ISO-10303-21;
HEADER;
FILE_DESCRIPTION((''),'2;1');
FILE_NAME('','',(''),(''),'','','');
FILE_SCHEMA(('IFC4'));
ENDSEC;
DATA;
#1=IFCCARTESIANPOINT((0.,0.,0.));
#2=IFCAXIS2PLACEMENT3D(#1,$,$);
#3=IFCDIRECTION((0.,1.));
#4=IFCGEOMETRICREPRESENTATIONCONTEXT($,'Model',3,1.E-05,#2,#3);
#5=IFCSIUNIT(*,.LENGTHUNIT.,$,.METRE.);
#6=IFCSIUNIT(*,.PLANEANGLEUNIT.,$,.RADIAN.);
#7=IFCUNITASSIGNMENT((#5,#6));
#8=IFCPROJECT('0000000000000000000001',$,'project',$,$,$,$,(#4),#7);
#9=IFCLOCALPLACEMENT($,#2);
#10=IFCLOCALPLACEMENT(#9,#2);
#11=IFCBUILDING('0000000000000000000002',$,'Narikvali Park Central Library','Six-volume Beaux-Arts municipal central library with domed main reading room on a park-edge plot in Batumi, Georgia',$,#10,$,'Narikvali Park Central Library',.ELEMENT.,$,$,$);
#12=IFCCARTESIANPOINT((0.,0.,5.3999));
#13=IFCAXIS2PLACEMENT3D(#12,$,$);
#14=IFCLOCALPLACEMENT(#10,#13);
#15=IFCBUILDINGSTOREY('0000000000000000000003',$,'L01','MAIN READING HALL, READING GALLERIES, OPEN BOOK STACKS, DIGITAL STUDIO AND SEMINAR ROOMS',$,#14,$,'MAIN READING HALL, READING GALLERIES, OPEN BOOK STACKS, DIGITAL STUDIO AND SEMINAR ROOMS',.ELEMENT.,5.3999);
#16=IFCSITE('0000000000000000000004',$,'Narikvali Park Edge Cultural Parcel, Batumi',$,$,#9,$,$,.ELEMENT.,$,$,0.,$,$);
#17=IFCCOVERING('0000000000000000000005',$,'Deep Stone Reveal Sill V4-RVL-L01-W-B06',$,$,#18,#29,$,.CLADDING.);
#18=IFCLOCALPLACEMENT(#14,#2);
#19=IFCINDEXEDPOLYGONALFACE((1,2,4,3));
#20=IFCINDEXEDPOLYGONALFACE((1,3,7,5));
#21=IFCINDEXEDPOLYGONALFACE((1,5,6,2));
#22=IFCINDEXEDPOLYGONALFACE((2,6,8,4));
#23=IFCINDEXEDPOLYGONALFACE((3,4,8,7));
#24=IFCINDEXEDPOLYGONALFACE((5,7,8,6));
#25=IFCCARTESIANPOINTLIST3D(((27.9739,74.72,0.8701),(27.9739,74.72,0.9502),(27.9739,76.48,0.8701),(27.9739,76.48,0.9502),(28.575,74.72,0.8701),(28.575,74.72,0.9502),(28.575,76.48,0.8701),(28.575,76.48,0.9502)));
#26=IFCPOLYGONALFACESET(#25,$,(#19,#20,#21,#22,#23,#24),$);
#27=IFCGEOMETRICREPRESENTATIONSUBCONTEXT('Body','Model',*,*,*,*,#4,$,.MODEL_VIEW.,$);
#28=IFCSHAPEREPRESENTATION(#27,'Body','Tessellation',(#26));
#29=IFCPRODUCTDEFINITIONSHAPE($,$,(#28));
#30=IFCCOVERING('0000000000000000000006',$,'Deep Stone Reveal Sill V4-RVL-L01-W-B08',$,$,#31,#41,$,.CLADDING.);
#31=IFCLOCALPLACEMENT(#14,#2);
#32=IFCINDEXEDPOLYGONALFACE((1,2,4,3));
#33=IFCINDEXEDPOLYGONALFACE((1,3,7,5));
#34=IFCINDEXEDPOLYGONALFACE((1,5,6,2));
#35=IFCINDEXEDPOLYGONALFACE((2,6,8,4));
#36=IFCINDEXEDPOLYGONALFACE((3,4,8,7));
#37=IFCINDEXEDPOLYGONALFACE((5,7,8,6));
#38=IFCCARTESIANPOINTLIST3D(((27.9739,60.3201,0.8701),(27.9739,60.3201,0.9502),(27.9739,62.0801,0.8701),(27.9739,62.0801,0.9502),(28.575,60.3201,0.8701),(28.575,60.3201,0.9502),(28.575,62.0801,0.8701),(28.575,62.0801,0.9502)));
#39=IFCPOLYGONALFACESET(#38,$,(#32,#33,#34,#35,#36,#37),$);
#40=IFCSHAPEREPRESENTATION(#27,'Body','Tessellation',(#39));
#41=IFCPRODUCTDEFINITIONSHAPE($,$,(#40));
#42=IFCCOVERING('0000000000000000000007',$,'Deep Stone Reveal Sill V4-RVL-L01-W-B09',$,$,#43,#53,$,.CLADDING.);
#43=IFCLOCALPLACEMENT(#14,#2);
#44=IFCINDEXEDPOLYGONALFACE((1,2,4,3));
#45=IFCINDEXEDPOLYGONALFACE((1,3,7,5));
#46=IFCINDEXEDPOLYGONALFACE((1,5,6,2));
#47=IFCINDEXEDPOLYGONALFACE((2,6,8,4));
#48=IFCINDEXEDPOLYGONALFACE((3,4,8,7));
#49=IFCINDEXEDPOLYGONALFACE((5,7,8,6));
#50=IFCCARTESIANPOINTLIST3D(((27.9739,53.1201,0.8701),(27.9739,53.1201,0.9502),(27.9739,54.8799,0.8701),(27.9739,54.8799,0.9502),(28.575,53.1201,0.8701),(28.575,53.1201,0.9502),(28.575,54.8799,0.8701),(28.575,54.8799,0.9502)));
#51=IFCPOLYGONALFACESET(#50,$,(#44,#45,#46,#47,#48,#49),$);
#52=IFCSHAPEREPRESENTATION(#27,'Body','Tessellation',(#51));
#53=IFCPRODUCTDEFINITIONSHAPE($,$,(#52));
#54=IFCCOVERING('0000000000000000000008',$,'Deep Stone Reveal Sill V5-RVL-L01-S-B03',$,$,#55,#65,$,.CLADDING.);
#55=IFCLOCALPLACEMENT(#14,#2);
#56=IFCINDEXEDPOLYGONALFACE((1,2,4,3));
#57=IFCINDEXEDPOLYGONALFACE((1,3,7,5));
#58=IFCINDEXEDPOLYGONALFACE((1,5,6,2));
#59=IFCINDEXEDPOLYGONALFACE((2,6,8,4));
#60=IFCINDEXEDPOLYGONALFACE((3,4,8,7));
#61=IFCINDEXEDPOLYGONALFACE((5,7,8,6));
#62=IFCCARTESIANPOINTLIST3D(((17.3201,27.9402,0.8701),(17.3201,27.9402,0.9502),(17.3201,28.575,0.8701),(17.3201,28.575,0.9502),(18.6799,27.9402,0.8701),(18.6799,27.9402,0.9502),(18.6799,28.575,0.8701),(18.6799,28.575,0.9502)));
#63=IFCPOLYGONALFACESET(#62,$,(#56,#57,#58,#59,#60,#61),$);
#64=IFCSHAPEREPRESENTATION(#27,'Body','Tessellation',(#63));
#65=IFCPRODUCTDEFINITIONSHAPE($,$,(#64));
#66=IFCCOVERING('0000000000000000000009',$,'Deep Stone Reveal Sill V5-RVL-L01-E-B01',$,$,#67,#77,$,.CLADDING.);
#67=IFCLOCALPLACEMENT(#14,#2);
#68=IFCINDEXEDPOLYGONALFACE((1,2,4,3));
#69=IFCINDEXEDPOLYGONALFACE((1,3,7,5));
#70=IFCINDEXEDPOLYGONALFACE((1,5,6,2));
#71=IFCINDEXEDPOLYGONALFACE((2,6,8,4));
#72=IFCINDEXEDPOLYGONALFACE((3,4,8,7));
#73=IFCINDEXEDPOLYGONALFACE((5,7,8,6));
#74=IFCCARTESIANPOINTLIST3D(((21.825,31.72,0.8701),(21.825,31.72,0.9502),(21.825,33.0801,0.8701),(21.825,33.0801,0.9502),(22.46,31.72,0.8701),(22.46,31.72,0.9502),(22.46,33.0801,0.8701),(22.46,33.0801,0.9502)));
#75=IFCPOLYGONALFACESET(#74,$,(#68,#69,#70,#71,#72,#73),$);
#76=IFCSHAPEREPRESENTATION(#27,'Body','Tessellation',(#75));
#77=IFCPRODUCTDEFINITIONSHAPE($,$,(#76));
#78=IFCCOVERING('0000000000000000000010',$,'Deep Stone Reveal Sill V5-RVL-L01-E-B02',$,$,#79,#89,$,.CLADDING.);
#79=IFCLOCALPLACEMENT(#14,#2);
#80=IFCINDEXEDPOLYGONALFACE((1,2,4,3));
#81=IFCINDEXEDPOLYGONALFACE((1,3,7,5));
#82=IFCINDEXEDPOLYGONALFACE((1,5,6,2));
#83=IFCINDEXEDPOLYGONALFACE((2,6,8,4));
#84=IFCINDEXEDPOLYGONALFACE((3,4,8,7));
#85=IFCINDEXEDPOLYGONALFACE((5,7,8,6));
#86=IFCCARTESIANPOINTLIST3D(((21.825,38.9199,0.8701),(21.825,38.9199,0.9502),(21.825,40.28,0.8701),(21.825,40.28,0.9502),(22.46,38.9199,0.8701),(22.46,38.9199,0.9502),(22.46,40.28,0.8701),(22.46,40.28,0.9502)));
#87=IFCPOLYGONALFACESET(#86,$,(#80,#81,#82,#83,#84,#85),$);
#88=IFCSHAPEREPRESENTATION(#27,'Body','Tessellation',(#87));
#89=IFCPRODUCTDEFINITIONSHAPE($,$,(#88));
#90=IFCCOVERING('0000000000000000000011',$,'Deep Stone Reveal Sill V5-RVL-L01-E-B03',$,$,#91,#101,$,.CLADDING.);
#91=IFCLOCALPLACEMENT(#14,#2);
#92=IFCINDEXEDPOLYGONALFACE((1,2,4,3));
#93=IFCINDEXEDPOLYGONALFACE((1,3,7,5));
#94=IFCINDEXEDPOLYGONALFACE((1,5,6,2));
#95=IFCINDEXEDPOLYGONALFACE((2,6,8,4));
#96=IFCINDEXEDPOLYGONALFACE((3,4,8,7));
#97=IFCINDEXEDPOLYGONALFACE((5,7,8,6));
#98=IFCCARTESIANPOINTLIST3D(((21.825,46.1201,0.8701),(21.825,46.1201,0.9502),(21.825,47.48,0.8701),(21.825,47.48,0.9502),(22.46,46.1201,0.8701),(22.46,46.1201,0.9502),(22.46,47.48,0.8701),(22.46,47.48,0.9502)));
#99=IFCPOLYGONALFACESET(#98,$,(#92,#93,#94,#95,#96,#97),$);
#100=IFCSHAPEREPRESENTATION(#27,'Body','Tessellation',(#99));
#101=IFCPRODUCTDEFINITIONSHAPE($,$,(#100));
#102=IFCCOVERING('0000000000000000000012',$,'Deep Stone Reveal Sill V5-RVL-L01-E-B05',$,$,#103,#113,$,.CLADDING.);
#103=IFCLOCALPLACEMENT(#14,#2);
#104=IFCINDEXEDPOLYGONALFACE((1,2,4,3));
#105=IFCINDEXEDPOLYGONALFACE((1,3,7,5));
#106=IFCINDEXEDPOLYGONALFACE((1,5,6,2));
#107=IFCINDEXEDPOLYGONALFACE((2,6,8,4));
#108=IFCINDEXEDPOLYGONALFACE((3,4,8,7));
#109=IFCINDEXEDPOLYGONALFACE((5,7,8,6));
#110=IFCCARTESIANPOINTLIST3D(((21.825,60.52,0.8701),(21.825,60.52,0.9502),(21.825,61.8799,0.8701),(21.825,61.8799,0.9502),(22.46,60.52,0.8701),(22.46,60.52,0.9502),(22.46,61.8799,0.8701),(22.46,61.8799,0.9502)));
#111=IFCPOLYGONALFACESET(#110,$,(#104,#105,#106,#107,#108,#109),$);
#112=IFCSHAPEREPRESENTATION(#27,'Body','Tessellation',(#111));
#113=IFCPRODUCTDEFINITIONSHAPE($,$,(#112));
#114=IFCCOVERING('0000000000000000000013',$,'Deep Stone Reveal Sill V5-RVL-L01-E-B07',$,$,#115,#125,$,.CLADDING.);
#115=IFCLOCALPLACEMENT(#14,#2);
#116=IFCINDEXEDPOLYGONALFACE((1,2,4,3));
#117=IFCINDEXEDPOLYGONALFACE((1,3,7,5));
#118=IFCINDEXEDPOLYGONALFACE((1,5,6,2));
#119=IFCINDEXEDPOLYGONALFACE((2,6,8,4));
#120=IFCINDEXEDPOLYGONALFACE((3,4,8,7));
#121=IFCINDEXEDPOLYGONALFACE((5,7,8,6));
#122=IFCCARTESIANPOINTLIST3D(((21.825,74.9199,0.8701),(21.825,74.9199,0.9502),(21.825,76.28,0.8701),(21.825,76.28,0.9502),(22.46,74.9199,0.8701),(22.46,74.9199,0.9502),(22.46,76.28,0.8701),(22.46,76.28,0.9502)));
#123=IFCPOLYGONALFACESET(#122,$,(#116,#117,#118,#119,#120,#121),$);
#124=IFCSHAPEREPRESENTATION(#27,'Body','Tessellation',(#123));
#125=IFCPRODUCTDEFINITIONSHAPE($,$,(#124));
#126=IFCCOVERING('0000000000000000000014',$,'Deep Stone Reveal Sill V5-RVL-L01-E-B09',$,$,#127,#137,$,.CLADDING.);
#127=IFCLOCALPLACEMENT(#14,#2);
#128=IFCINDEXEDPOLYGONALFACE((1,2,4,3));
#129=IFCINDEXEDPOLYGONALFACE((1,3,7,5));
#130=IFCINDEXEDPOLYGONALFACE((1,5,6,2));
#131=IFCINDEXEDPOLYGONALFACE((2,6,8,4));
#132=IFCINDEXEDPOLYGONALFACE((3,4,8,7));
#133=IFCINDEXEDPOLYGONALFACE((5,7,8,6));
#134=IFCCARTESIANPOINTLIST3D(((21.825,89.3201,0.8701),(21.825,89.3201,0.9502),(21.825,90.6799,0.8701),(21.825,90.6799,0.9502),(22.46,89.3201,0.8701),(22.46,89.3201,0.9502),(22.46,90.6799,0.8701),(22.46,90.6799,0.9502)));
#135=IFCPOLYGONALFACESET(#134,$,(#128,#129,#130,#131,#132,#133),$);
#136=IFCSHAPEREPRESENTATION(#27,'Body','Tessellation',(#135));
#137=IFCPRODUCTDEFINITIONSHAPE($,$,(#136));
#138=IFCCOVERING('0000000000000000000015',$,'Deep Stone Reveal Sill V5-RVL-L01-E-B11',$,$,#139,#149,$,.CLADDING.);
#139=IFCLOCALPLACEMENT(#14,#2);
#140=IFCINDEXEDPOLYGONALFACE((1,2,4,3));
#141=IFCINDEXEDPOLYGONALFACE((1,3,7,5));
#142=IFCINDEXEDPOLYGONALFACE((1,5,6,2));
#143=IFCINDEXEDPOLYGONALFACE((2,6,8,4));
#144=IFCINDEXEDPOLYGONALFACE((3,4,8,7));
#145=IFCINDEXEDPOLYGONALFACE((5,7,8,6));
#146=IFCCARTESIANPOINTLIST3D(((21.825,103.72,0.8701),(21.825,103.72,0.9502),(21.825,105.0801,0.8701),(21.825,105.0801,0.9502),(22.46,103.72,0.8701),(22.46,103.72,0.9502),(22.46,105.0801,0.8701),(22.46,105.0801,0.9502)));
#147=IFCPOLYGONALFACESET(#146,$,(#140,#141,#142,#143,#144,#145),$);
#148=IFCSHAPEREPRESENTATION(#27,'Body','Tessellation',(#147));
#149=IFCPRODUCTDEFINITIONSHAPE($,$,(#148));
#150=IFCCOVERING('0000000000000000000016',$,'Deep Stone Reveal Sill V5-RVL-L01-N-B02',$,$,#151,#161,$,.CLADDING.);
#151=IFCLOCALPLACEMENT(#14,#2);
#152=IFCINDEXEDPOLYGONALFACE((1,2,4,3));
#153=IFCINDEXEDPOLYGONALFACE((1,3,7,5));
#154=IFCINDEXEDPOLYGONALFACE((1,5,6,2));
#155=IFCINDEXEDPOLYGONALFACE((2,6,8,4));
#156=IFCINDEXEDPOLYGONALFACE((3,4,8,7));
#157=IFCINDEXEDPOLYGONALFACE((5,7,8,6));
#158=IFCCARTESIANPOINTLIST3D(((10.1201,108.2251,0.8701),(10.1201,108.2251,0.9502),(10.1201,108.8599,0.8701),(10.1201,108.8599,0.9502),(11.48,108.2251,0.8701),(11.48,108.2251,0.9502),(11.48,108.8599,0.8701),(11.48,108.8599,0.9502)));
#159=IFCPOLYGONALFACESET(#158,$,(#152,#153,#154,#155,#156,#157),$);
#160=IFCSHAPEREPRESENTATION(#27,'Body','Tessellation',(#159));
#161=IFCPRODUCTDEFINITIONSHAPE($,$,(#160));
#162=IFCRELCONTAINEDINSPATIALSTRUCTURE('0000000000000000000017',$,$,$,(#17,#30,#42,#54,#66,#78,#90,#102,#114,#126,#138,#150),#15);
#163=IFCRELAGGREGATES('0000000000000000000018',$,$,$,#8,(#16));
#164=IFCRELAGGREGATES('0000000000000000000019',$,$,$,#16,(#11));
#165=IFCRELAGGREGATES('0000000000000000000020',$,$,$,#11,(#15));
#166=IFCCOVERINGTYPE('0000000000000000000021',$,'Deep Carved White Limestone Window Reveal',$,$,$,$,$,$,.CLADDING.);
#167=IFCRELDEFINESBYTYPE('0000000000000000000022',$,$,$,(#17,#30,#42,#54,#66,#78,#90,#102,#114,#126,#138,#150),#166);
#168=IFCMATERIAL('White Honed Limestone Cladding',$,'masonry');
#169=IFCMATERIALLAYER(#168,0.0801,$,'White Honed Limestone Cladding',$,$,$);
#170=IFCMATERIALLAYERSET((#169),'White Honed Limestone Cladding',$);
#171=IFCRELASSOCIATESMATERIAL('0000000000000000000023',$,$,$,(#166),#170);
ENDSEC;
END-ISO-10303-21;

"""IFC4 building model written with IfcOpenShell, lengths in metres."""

from ifc_helpers import new_model, si_unit, direction, frame, origin, place, context, subcontext, project, spatial, polyline, outline, extrude, material, layer, layer_set, type_object, element, save


model = new_model("IFC4")

# Units and contexts
model_context = context("Model", 3, precision=1e-05, world=origin(), true_north=direction((0.0, 1.0)))
body_context = subcontext(model_context, "Body", "Model", "MODEL_VIEW")
ifc_project = project(units=[si_unit("LENGTHUNIT", "METRE"), si_unit("PLANEANGLEUNIT", "RADIAN")], contexts=[model_context])

# Site, building, storey
site_placement = place(None, origin())
site = spatial("IfcSite", under=ifc_project, at=site_placement, Name="Narikvali Park Edge Cultural Parcel, Batumi", CompositionType="ELEMENT", RefElevation=0.0)
building_placement = place(site_placement, origin())
building = spatial("IfcBuilding", under=site, at=building_placement, Name="Narikvali Park Central Library", Description="Six-volume Beaux-Arts municipal central library with domed main reading room on a park-edge plot in Batumi, Georgia", LongName="Narikvali Park Central Library", CompositionType="ELEMENT")
storey_placement = place(building_placement, frame((0.0, 0.0, 5.3999)))
storey = spatial("IfcBuildingStorey", under=building, at=storey_placement, Name="L01", Description="MAIN READING HALL, READING GALLERIES, OPEN BOOK STACKS, DIGITAL STUDIO AND SEMINAR ROOMS", LongName="MAIN READING HALL, READING GALLERIES, OPEN BOOK STACKS, DIGITAL STUDIO AND SEMINAR ROOMS", CompositionType="ELEMENT", Elevation=5.3999)

# Coverings
ifc_material = material(Name="White Honed Limestone Cladding", Category="masonry")
ifc_layer = layer(ifc_material, 0.0801, Name="White Honed Limestone Cladding")
ifc_layer_set = layer_set([ifc_layer], Name="White Honed Limestone Cladding")
covering_type = type_object("IfcCoveringType", Name="Deep Carved White Limestone Window Reveal", PredefinedType="CLADDING", material=ifc_layer_set)
covering_1_placement = place(storey_placement, frame((0.0, 0.0, 0.8701)))
element("IfcCovering", 1, at=covering_1_placement, inside=storey, type_object=covering_type, Name="Deep Stone Reveal Sill V4-RVL-L01-W-B06", PredefinedType="CLADDING", context=body_context, shape_type="SweptSolid", body=[
    extrude(outline(polyline([(28.575, 76.48), (28.575, 74.72), (27.9739, 74.72), (27.9739, 76.48), (28.575, 76.48)])), origin(), (0.0, 0.0, 1.0), 0.0801),
])
covering_2_placement = place(storey_placement, frame((0.0, 0.0, 0.8701)))
element("IfcCovering", 2, at=covering_2_placement, inside=storey, type_object=covering_type, Name="Deep Stone Reveal Sill V4-RVL-L01-W-B08", PredefinedType="CLADDING", context=body_context, shape_type="SweptSolid", body=[
    extrude(outline(polyline([(28.575, 62.0801), (28.575, 60.3201), (27.9739, 60.3201), (27.9739, 62.0801), (28.575, 62.0801)])), origin(), (0.0, 0.0, 1.0), 0.0801),
])
covering_3_placement = place(storey_placement, frame((0.0, 0.0, 0.8701)))
element("IfcCovering", 3, at=covering_3_placement, inside=storey, type_object=covering_type, Name="Deep Stone Reveal Sill V4-RVL-L01-W-B09", PredefinedType="CLADDING", context=body_context, shape_type="SweptSolid", body=[
    extrude(outline(polyline([(28.575, 54.8799), (28.575, 53.1201), (27.9739, 53.1201), (27.9739, 54.8799), (28.575, 54.8799)])), origin(), (0.0, 0.0, 1.0), 0.0801),
])
covering_4_placement = place(storey_placement, frame((0.0, 0.0, 0.8701)))
element("IfcCovering", 4, at=covering_4_placement, inside=storey, type_object=covering_type, Name="Deep Stone Reveal Sill V5-RVL-L01-S-B03", PredefinedType="CLADDING", context=body_context, shape_type="SweptSolid", body=[
    extrude(outline(polyline([(17.3201, 28.575), (18.6799, 28.575), (18.6799, 27.9402), (17.3201, 27.9402), (17.3201, 28.575)])), origin(), (0.0, 0.0, 1.0), 0.0801),
])
covering_5_placement = place(storey_placement, frame((0.0, 0.0, 0.8701)))
element("IfcCovering", 5, at=covering_5_placement, inside=storey, type_object=covering_type, Name="Deep Stone Reveal Sill V5-RVL-L01-E-B01", PredefinedType="CLADDING", context=body_context, shape_type="SweptSolid", body=[
    extrude(outline(polyline([(21.825, 31.72), (21.825, 33.0801), (22.46, 33.0801), (22.46, 31.72), (21.825, 31.72)])), origin(), (0.0, 0.0, 1.0), 0.0801),
])
covering_6_placement = place(storey_placement, frame((0.0, 0.0, 0.8701)))
element("IfcCovering", 6, at=covering_6_placement, inside=storey, type_object=covering_type, Name="Deep Stone Reveal Sill V5-RVL-L01-E-B02", PredefinedType="CLADDING", context=body_context, shape_type="SweptSolid", body=[
    extrude(outline(polyline([(21.825, 38.9199), (21.825, 40.28), (22.46, 40.28), (22.46, 38.9199), (21.825, 38.9199)])), origin(), (0.0, 0.0, 1.0), 0.0801),
])
covering_7_placement = place(storey_placement, frame((0.0, 0.0, 0.8701)))
element("IfcCovering", 7, at=covering_7_placement, inside=storey, type_object=covering_type, Name="Deep Stone Reveal Sill V5-RVL-L01-E-B03", PredefinedType="CLADDING", context=body_context, shape_type="SweptSolid", body=[
    extrude(outline(polyline([(21.825, 46.1201), (21.825, 47.48), (22.46, 47.48), (22.46, 46.1201), (21.825, 46.1201)])), origin(), (0.0, 0.0, 1.0), 0.0801),
])
covering_8_placement = place(storey_placement, frame((0.0, 0.0, 0.8701)))
element("IfcCovering", 8, at=covering_8_placement, inside=storey, type_object=covering_type, Name="Deep Stone Reveal Sill V5-RVL-L01-E-B05", PredefinedType="CLADDING", context=body_context, shape_type="SweptSolid", body=[
    extrude(outline(polyline([(21.825, 60.52), (21.825, 61.8799), (22.46, 61.8799), (22.46, 60.52), (21.825, 60.52)])), origin(), (0.0, 0.0, 1.0), 0.0801),
])
covering_9_placement = place(storey_placement, frame((0.0, 0.0, 0.8701)))
element("IfcCovering", 9, at=covering_9_placement, inside=storey, type_object=covering_type, Name="Deep Stone Reveal Sill V5-RVL-L01-E-B07", PredefinedType="CLADDING", context=body_context, shape_type="SweptSolid", body=[
    extrude(outline(polyline([(21.825, 74.9199), (21.825, 76.28), (22.46, 76.28), (22.46, 74.9199), (21.825, 74.9199)])), origin(), (0.0, 0.0, 1.0), 0.0801),
])
covering_10_placement = place(storey_placement, frame((0.0, 0.0, 0.8701)))
element("IfcCovering", 10, at=covering_10_placement, inside=storey, type_object=covering_type, Name="Deep Stone Reveal Sill V5-RVL-L01-E-B09", PredefinedType="CLADDING", context=body_context, shape_type="SweptSolid", body=[
    extrude(outline(polyline([(21.825, 89.3201), (21.825, 90.6799), (22.46, 90.6799), (22.46, 89.3201), (21.825, 89.3201)])), origin(), (0.0, 0.0, 1.0), 0.0801),
])
covering_11_placement = place(storey_placement, frame((0.0, 0.0, 0.8701)))
element("IfcCovering", 11, at=covering_11_placement, inside=storey, type_object=covering_type, Name="Deep Stone Reveal Sill V5-RVL-L01-E-B11", PredefinedType="CLADDING", context=body_context, shape_type="SweptSolid", body=[
    extrude(outline(polyline([(21.825, 103.72), (21.825, 105.0801), (22.46, 105.0801), (22.46, 103.72), (21.825, 103.72)])), origin(), (0.0, 0.0, 1.0), 0.0801),
])
covering_12_placement = place(storey_placement, frame((0.0, 0.0, 0.8701)))
element("IfcCovering", 12, at=covering_12_placement, inside=storey, type_object=covering_type, Name="Deep Stone Reveal Sill V5-RVL-L01-N-B02", PredefinedType="CLADDING", context=body_context, shape_type="SweptSolid", body=[
    extrude(outline(polyline([(11.48, 108.2251), (10.1201, 108.2251), (10.1201, 108.8599), (11.48, 108.8599), (11.48, 108.2251)])), origin(), (0.0, 0.0, 1.0), 0.0801),
])

save(model, "model.ifc")
